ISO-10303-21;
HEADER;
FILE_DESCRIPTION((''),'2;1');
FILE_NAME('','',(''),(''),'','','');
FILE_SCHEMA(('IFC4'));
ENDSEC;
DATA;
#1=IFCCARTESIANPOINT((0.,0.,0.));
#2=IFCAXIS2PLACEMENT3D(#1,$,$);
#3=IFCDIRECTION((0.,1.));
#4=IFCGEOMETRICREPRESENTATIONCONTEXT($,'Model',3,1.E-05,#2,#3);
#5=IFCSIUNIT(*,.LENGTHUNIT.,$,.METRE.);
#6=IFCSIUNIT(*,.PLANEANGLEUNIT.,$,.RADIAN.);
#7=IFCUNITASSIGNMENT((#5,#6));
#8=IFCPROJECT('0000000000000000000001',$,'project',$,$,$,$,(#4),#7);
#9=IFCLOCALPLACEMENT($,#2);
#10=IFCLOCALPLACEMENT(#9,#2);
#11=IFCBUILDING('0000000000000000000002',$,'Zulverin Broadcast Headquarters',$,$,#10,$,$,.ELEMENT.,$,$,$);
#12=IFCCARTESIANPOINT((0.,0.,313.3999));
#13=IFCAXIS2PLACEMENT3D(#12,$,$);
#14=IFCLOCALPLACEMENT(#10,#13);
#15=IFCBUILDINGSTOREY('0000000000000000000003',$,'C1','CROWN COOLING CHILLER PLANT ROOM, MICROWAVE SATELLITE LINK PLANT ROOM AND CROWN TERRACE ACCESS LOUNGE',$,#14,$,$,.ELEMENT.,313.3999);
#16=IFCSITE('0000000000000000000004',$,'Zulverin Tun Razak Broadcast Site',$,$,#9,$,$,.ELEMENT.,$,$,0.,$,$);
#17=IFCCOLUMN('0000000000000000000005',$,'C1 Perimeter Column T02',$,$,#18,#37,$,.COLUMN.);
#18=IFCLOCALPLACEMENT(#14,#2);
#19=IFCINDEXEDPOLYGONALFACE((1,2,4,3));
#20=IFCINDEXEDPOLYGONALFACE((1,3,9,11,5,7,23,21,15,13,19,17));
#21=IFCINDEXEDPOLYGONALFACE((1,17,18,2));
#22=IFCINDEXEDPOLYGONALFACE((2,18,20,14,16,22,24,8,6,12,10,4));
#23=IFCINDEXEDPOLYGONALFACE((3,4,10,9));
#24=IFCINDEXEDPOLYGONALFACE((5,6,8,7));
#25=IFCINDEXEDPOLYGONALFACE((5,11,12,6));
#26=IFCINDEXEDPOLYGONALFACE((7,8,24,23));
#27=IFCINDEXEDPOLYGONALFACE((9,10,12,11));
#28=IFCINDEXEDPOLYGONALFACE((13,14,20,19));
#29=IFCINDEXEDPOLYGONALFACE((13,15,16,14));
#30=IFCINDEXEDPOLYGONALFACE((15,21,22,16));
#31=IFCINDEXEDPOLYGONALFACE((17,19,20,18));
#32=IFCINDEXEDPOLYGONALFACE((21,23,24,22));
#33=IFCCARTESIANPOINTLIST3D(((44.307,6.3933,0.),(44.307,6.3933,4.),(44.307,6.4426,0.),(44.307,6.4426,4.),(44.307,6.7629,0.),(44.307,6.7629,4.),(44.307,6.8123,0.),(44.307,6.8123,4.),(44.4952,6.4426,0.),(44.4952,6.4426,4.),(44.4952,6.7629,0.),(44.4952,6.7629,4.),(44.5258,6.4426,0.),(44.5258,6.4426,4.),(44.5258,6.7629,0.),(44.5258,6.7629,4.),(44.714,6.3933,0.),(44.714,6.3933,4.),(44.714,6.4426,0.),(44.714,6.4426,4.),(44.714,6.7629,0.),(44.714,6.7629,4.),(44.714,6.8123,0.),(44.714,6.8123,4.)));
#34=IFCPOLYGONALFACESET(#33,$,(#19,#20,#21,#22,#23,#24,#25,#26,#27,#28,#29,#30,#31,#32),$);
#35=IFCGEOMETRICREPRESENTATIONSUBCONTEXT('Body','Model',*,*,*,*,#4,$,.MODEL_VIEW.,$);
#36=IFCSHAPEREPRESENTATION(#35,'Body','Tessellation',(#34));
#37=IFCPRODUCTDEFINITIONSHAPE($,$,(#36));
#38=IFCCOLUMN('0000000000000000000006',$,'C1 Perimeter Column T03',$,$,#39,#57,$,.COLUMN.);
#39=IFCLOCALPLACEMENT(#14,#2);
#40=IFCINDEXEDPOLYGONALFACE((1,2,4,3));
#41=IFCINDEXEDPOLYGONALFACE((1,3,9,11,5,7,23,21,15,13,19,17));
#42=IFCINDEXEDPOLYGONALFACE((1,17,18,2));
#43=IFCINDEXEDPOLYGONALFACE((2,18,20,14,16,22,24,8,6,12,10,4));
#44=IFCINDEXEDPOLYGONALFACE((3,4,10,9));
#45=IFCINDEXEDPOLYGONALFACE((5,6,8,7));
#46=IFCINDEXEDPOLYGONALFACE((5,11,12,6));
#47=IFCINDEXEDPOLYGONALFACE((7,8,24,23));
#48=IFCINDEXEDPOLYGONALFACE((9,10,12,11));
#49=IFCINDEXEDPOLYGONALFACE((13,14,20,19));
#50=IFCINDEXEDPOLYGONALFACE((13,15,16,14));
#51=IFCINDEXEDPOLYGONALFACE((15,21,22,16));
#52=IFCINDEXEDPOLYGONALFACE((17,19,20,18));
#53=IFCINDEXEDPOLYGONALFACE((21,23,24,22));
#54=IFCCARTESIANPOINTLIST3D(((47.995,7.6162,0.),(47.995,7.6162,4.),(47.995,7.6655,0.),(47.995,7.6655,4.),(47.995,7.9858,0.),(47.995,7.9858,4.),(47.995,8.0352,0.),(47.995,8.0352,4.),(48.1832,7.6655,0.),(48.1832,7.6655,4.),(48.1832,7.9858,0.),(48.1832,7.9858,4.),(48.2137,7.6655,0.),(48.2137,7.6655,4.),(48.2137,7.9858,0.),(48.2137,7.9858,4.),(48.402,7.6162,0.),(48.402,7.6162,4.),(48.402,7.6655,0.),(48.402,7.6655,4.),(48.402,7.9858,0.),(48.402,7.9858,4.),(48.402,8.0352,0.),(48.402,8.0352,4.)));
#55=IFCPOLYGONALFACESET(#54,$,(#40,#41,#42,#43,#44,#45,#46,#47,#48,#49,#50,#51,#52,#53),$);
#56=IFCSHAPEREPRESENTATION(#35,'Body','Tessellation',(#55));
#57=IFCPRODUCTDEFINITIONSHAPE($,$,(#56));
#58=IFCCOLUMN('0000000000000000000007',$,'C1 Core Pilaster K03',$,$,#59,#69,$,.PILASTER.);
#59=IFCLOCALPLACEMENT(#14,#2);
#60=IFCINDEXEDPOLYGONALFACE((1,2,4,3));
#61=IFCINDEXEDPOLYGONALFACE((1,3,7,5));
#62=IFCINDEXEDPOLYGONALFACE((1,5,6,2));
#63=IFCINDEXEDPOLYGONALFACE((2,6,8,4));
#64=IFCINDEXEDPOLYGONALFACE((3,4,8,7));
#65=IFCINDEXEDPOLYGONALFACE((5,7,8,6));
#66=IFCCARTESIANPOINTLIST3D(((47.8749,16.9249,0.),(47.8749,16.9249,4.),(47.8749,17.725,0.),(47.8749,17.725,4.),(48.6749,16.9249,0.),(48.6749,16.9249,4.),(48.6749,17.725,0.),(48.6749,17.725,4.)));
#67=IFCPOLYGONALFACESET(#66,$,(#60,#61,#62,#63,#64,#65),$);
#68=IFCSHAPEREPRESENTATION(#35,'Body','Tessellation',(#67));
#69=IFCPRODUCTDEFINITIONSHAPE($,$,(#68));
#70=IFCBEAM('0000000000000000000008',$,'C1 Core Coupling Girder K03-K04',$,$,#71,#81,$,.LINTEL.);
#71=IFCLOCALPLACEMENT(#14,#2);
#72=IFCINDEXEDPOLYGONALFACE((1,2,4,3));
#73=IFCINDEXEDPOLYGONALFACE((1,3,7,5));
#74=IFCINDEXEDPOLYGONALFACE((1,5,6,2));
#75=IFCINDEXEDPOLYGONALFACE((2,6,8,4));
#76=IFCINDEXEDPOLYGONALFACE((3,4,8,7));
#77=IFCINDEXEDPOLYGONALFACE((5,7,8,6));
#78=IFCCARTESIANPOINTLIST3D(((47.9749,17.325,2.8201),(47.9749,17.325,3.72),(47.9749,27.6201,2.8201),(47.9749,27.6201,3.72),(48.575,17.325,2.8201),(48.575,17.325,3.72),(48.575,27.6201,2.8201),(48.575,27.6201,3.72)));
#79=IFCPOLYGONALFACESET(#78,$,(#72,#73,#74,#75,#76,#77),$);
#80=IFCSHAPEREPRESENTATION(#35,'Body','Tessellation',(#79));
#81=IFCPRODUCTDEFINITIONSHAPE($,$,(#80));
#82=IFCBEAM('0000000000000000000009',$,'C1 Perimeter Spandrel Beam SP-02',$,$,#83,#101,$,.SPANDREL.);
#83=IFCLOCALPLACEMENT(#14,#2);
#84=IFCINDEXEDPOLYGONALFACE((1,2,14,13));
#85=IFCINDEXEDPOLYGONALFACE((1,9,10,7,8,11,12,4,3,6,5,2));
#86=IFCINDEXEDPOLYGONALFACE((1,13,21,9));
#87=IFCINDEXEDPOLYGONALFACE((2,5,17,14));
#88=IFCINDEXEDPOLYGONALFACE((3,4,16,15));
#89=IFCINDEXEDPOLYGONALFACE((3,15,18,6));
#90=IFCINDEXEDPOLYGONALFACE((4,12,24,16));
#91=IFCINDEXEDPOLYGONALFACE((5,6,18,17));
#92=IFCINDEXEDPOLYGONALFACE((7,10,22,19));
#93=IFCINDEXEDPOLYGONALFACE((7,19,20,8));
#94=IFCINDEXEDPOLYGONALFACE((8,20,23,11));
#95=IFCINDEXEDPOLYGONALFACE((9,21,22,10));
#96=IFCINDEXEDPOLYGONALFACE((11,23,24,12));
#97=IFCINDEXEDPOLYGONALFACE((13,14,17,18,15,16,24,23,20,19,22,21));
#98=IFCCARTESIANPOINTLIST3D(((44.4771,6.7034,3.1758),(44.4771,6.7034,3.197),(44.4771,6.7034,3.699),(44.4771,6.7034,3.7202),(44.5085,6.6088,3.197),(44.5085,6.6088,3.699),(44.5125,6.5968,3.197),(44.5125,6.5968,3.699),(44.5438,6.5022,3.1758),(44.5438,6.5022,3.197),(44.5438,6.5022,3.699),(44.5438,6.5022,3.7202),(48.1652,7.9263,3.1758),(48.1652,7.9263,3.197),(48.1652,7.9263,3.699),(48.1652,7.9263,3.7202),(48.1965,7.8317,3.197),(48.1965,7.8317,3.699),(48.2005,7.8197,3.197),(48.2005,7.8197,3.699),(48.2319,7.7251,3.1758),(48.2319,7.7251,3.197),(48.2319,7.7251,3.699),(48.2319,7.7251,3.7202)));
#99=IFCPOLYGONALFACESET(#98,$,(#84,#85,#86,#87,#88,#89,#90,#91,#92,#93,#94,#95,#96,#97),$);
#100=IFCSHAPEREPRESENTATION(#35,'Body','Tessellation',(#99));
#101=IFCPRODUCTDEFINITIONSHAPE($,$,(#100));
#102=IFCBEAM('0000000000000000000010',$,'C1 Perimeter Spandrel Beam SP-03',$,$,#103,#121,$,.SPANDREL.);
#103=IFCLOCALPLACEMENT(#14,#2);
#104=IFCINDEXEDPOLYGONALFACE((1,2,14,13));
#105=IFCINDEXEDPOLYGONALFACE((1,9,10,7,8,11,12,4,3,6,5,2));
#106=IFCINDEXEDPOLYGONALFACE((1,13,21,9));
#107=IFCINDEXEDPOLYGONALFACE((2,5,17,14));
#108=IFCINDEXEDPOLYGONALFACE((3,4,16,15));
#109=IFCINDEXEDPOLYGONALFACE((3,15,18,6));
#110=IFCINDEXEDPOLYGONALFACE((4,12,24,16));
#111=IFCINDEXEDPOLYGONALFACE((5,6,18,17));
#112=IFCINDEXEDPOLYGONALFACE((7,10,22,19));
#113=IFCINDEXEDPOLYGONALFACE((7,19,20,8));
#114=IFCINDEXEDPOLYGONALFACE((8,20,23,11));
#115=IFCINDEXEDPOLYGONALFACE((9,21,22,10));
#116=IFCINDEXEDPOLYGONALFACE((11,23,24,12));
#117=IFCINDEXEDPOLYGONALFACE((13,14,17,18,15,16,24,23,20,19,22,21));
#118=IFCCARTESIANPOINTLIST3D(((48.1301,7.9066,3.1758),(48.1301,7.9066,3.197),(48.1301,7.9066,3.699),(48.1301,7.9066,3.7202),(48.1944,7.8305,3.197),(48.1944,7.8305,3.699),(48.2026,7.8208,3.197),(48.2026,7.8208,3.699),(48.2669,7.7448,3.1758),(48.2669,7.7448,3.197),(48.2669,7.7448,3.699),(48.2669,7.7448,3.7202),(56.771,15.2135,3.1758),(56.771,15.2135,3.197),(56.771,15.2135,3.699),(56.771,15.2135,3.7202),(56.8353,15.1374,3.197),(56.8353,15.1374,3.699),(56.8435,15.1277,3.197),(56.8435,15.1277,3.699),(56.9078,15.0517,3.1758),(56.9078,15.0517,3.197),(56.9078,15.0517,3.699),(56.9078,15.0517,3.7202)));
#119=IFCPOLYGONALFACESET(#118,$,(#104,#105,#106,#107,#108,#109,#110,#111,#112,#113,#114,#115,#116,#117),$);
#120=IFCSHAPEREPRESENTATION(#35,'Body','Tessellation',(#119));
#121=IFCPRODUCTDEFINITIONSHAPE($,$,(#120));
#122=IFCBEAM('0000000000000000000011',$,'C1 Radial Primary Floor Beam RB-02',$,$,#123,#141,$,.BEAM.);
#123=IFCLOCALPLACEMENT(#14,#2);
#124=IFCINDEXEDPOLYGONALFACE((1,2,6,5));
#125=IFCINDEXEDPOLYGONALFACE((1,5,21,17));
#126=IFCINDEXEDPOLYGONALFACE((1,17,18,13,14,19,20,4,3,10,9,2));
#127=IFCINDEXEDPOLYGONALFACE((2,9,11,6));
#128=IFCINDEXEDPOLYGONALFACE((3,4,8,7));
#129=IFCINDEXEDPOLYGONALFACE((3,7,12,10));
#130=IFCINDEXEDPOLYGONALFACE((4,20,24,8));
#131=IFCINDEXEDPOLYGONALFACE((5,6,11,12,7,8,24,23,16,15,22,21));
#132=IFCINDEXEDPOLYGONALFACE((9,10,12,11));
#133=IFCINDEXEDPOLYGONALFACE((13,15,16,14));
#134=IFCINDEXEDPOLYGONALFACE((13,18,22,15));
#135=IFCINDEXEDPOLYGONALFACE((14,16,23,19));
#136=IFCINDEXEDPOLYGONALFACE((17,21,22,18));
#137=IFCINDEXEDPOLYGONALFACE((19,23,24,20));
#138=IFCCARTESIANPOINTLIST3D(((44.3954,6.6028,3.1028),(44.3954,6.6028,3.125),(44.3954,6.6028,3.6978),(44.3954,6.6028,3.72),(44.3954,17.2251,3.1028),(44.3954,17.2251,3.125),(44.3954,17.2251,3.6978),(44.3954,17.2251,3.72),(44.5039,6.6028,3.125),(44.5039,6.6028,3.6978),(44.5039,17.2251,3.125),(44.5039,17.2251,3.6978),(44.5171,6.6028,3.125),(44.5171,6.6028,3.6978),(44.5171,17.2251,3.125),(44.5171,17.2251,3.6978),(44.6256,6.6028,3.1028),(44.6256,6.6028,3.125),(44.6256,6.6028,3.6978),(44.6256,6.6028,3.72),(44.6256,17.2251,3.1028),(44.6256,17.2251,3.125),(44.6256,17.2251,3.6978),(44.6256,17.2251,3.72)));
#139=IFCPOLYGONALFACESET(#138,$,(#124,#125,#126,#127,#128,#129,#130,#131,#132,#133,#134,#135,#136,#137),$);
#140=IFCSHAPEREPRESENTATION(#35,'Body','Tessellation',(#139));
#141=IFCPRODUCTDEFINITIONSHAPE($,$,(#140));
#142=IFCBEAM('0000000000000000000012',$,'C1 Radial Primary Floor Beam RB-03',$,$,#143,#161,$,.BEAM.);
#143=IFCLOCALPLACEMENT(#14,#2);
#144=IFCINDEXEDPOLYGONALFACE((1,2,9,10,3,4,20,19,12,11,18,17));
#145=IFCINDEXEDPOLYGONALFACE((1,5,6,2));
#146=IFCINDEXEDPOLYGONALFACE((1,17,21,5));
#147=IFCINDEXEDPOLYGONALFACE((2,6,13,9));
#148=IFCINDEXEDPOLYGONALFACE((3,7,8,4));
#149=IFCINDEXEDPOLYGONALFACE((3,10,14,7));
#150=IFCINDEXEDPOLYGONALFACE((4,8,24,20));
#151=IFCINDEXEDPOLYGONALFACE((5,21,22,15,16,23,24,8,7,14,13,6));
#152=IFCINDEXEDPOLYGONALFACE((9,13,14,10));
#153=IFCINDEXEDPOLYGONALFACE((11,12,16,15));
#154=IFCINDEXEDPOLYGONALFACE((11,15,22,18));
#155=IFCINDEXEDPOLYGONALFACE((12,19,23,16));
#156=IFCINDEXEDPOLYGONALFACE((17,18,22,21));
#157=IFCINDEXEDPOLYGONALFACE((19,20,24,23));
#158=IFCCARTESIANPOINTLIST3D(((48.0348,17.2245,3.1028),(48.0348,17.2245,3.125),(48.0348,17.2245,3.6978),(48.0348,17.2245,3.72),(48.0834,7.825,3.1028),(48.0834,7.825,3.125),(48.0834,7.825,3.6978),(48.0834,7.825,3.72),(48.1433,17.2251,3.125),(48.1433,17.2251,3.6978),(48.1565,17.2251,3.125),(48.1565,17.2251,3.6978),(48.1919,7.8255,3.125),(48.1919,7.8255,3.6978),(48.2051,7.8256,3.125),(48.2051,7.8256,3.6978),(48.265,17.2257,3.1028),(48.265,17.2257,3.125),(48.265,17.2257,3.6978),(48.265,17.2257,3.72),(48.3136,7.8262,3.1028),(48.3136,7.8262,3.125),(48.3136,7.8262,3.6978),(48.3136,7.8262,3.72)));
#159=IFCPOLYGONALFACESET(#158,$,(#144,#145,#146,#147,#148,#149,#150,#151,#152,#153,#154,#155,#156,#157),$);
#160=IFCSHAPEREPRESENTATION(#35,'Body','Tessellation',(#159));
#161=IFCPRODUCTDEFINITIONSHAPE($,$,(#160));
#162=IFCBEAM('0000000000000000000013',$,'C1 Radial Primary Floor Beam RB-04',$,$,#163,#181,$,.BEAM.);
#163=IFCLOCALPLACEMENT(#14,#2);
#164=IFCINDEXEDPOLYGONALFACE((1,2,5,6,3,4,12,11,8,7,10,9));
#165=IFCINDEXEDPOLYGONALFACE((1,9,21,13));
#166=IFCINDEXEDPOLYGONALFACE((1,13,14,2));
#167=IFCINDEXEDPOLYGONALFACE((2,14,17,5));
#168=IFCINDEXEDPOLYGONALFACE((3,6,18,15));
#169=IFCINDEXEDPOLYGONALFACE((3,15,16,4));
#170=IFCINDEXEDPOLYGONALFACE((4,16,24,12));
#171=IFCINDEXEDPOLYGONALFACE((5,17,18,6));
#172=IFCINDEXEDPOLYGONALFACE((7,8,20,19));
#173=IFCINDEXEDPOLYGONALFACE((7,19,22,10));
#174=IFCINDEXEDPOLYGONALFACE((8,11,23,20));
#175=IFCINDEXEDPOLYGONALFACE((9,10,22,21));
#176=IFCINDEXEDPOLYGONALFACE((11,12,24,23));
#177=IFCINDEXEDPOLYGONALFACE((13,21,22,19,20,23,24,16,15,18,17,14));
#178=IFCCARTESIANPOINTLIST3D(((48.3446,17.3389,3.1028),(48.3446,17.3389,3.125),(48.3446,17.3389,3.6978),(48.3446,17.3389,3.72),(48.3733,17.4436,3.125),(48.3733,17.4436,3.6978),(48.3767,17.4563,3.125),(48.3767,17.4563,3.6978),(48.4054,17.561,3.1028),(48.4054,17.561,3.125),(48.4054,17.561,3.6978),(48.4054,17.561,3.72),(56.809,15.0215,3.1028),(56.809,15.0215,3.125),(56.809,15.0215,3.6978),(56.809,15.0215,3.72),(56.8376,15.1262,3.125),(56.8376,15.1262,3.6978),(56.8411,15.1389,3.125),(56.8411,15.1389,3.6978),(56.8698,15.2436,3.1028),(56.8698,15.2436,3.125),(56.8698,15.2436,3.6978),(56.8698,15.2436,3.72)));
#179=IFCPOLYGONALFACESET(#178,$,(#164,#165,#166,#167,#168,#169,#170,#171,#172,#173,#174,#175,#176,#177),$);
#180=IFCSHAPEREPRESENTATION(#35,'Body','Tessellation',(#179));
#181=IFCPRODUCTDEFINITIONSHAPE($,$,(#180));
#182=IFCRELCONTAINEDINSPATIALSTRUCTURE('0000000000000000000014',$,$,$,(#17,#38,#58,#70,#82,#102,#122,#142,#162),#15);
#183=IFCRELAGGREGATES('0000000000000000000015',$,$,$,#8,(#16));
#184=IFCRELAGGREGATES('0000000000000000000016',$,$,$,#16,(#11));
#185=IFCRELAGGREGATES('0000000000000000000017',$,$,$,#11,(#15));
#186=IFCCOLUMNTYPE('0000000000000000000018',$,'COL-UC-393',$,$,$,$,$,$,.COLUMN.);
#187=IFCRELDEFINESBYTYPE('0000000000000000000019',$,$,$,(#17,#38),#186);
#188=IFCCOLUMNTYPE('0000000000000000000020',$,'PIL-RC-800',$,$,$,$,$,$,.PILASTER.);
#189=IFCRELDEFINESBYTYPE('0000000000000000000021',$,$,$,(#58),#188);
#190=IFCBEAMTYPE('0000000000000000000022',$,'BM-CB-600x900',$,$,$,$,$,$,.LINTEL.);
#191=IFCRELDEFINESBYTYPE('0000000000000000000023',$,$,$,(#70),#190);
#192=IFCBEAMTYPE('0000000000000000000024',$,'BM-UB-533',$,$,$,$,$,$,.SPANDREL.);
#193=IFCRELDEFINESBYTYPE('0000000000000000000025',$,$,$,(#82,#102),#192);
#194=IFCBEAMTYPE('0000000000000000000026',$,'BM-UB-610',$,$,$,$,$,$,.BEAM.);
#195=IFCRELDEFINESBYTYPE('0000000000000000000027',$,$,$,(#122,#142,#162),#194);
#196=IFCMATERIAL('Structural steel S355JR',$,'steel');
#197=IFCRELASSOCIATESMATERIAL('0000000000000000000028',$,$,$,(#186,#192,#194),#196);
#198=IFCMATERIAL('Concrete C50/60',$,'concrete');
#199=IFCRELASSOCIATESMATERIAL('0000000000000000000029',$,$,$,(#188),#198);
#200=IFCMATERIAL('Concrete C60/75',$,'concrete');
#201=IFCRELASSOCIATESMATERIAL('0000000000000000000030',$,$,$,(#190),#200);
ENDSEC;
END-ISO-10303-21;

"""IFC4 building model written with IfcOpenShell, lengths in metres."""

from ifc_helpers import new_model, si_unit, direction, frame, origin, origin_2d, place, context, subcontext, project, spatial, rectangle, i_section, extrude, material, material_profile, profile_set, type_object, element, save


model = new_model("IFC4")

# Units and contexts
model_context = context("Model", 3, precision=1e-05, world=origin(), true_north=direction((0.0, 1.0)))
body_context = subcontext(model_context, "Body", "Model", "MODEL_VIEW")
ifc_project = project(units=[si_unit("LENGTHUNIT", "METRE"), si_unit("PLANEANGLEUNIT", "RADIAN")], contexts=[model_context])

# Site, building, storey
site_placement = place(None, origin())
site = spatial("IfcSite", under=ifc_project, at=site_placement, Name="Zulverin Tun Razak Broadcast Site", CompositionType="ELEMENT", RefElevation=0.0)
building_placement = place(site_placement, origin())
building = spatial("IfcBuilding", under=site, at=building_placement, Name="Zulverin Broadcast Headquarters", CompositionType="ELEMENT")
storey_placement = place(building_placement, frame((0.0, 0.0, 313.3999)))
storey = spatial("IfcBuildingStorey", under=building, at=storey_placement, Name="C1", Description="CROWN COOLING CHILLER PLANT ROOM, MICROWAVE SATELLITE LINK PLANT ROOM AND CROWN TERRACE ACCESS LOUNGE", CompositionType="ELEMENT", Elevation=313.3999)

# Columns
ifc_material_1 = material(Name="Structural steel S355JR", Category="steel")
ifc_material_profile_1 = material_profile(ifc_material_1, i_section(OverallWidth=0.407, OverallDepth=0.4189, WebThickness=0.0305, FlangeThickness=0.0493, at=origin_2d()), Name="Structural steel S355JR", Category="steel")
ifc_profile_set_1 = profile_set([ifc_material_profile_1], Name="Structural steel S355JR")
column_type_1 = type_object("IfcColumnType", Name="COL-UC-393", PredefinedType="COLUMN", material=ifc_profile_set_1)
for number, where, z_axis, x_axis, name in (
    (1, (44.5105, 6.6028, 0.0), (0.0, 0.0, 1.0), (1.0, 0.0, 0.0), "C1 Perimeter Column T02"),
    (2, (48.1985, 7.8257, 0.0), (0.0, 0.0, 1.0), (1.0, 0.0, 0.0), "C1 Perimeter Column T03"),
):
    element("IfcColumn", number, at=place(storey_placement, frame(where, z_axis=z_axis, x_axis=x_axis)), inside=storey, type_object=column_type_1, Name=name, PredefinedType="COLUMN", context=body_context, shape_type="SweptSolid", body=[
        extrude(i_section(OverallWidth=0.407, OverallDepth=0.4189, WebThickness=0.0305, FlangeThickness=0.0493, at=origin_2d()), origin(), (0.0, 0.0, 1.0), 4.0),
    ])
ifc_material_2 = material(Name="Concrete C50/60", Category="concrete")
ifc_material_profile_2 = material_profile(ifc_material_2, rectangle(XDim=0.8, YDim=0.8, at=origin_2d()), Name="Concrete C50/60", Category="concrete")
ifc_profile_set_2 = profile_set([ifc_material_profile_2], Name="Concrete C50/60")
column_type_2 = type_object("IfcColumnType", Name="PIL-RC-800", PredefinedType="PILASTER", material=ifc_profile_set_2)
column_placement = place(storey_placement, frame((48.2749, 17.325, 0.0), z_axis=(0.0, 0.0, 1.0), x_axis=(1.0, 0.0, 0.0)))
element("IfcColumn", 3, at=column_placement, inside=storey, type_object=column_type_2, Name="C1 Core Pilaster K03", PredefinedType="PILASTER", context=body_context, shape_type="SweptSolid", body=[
    extrude(rectangle(XDim=0.8, YDim=0.8, at=origin_2d()), origin(), (0.0, 0.0, 1.0), 4.0),
])

# Beams
ifc_material_3 = material(Name="Concrete C60/75", Category="concrete")
ifc_material_profile_3 = material_profile(ifc_material_3, rectangle(XDim=0.6001, YDim=0.8999, at=origin_2d()), Name="Concrete C60/75", Category="concrete")
ifc_profile_set_3 = profile_set([ifc_material_profile_3], Name="Concrete C60/75")
beam_type_1 = type_object("IfcBeamType", Name="BM-CB-600x900", PredefinedType="LINTEL", material=ifc_profile_set_3)
beam_1_placement = place(storey_placement, frame((48.2749, 17.325, 3.27), z_axis=(0.0, 1.0, 0.0), x_axis=(-1.0, 0.0, 0.0)))
element("IfcBeam", 4, at=beam_1_placement, inside=storey, type_object=beam_type_1, Name="C1 Core Coupling Girder K03-K04", PredefinedType="LINTEL", context=body_context, shape_type="SweptSolid", body=[
    extrude(rectangle(XDim=0.6001, YDim=0.8999, at=origin_2d()), origin(), (0.0, 0.0, 1.0), 10.2952),
])
ifc_material_profile_4 = material_profile(ifc_material_1, i_section(OverallWidth=0.2119, OverallDepth=0.5444, WebThickness=0.0127, FlangeThickness=0.0212, at=origin_2d()), Name="Structural steel S355JR", Category="steel")
ifc_profile_set_4 = profile_set([ifc_material_profile_4], Name="Structural steel S355JR")
beam_type_2 = type_object("IfcBeamType", Name="BM-UB-533", PredefinedType="SPANDREL", material=ifc_profile_set_4)
beam_2_placement = place(storey_placement, frame((44.5105, 6.6028, 3.448), z_axis=(0.949179, 0.314738, 0.0), x_axis=(-0.314738, 0.949179, 0.0)))
element("IfcBeam", 5, at=beam_2_placement, inside=storey, type_object=beam_type_2, Name="C1 Perimeter Spandrel Beam SP-02", PredefinedType="SPANDREL", context=body_context, shape_type="SweptSolid", body=[
    extrude(i_section(OverallWidth=0.2119, OverallDepth=0.5444, WebThickness=0.0127, FlangeThickness=0.0212, at=origin_2d()), origin(), (0.0, 0.0, 1.0), 3.8855),
])
beam_3_placement = place(storey_placement, frame((48.1985, 7.8257, 3.448), z_axis=(0.763588, 0.645704, 0.0), x_axis=(-0.645704, 0.763588, 0.0)))
element("IfcBeam", 6, at=beam_3_placement, inside=storey, type_object=beam_type_2, Name="C1 Perimeter Spandrel Beam SP-03", PredefinedType="SPANDREL", context=body_context, shape_type="SweptSolid", body=[
    extrude(i_section(OverallWidth=0.2119, OverallDepth=0.5444, WebThickness=0.0127, FlangeThickness=0.0212, at=origin_2d()), origin(), (0.0, 0.0, 1.0), 11.3162),
])
ifc_material_profile_5 = material_profile(ifc_material_1, i_section(OverallWidth=0.2302, OverallDepth=0.6172, WebThickness=0.0132, FlangeThickness=0.0222, at=origin_2d()), Name="Structural steel S355JR", Category="steel")
ifc_profile_set_5 = profile_set([ifc_material_profile_5], Name="Structural steel S355JR")
beam_type_3 = type_object("IfcBeamType", Name="BM-UB-610", PredefinedType="BEAM", material=ifc_profile_set_5)
beam_4_placement = place(storey_placement, frame((44.5105, 17.2251, 3.4114), z_axis=(0.0, -1.0, 0.0), x_axis=(1.0, 0.0, 0.0)))
element("IfcBeam", 7, at=beam_4_placement, inside=storey, type_object=beam_type_3, Name="C1 Radial Primary Floor Beam RB-02", PredefinedType="BEAM", context=body_context, shape_type="SweptSolid", body=[
    extrude(i_section(OverallWidth=0.2302, OverallDepth=0.6172, WebThickness=0.0132, FlangeThickness=0.0222, at=origin_2d()), origin(), (0.0, 0.0, 1.0), 10.6223),
])
beam_5_placement = place(storey_placement, frame((48.1499, 17.2251, 3.4114), z_axis=(0.005169, -0.999987, 0.0), x_axis=(0.999987, 0.005169, 0.0)))
element("IfcBeam", 8, at=beam_5_placement, inside=storey, type_object=beam_type_3, Name="C1 Radial Primary Floor Beam RB-03", PredefinedType="BEAM", context=body_context, shape_type="SweptSolid", body=[
    extrude(i_section(OverallWidth=0.2302, OverallDepth=0.6172, WebThickness=0.0132, FlangeThickness=0.0222, at=origin_2d()), origin(), (0.0, 0.0, 1.0), 9.3997),
])
beam_6_placement = place(storey_placement, frame((48.375, 17.45, 3.4114), z_axis=(0.964505, -0.264064, 0.0), x_axis=(0.264064, 0.964505, 0.0)))
element("IfcBeam", 9, at=beam_6_placement, inside=storey, type_object=beam_type_3, Name="C1 Radial Primary Floor Beam RB-04", PredefinedType="BEAM", context=body_context, shape_type="SweptSolid", body=[
    extrude(i_section(OverallWidth=0.2302, OverallDepth=0.6172, WebThickness=0.0132, FlangeThickness=0.0222, at=origin_2d()), origin(), (0.0, 0.0, 1.0), 8.7759),
])

save(model, "model.ifc")
